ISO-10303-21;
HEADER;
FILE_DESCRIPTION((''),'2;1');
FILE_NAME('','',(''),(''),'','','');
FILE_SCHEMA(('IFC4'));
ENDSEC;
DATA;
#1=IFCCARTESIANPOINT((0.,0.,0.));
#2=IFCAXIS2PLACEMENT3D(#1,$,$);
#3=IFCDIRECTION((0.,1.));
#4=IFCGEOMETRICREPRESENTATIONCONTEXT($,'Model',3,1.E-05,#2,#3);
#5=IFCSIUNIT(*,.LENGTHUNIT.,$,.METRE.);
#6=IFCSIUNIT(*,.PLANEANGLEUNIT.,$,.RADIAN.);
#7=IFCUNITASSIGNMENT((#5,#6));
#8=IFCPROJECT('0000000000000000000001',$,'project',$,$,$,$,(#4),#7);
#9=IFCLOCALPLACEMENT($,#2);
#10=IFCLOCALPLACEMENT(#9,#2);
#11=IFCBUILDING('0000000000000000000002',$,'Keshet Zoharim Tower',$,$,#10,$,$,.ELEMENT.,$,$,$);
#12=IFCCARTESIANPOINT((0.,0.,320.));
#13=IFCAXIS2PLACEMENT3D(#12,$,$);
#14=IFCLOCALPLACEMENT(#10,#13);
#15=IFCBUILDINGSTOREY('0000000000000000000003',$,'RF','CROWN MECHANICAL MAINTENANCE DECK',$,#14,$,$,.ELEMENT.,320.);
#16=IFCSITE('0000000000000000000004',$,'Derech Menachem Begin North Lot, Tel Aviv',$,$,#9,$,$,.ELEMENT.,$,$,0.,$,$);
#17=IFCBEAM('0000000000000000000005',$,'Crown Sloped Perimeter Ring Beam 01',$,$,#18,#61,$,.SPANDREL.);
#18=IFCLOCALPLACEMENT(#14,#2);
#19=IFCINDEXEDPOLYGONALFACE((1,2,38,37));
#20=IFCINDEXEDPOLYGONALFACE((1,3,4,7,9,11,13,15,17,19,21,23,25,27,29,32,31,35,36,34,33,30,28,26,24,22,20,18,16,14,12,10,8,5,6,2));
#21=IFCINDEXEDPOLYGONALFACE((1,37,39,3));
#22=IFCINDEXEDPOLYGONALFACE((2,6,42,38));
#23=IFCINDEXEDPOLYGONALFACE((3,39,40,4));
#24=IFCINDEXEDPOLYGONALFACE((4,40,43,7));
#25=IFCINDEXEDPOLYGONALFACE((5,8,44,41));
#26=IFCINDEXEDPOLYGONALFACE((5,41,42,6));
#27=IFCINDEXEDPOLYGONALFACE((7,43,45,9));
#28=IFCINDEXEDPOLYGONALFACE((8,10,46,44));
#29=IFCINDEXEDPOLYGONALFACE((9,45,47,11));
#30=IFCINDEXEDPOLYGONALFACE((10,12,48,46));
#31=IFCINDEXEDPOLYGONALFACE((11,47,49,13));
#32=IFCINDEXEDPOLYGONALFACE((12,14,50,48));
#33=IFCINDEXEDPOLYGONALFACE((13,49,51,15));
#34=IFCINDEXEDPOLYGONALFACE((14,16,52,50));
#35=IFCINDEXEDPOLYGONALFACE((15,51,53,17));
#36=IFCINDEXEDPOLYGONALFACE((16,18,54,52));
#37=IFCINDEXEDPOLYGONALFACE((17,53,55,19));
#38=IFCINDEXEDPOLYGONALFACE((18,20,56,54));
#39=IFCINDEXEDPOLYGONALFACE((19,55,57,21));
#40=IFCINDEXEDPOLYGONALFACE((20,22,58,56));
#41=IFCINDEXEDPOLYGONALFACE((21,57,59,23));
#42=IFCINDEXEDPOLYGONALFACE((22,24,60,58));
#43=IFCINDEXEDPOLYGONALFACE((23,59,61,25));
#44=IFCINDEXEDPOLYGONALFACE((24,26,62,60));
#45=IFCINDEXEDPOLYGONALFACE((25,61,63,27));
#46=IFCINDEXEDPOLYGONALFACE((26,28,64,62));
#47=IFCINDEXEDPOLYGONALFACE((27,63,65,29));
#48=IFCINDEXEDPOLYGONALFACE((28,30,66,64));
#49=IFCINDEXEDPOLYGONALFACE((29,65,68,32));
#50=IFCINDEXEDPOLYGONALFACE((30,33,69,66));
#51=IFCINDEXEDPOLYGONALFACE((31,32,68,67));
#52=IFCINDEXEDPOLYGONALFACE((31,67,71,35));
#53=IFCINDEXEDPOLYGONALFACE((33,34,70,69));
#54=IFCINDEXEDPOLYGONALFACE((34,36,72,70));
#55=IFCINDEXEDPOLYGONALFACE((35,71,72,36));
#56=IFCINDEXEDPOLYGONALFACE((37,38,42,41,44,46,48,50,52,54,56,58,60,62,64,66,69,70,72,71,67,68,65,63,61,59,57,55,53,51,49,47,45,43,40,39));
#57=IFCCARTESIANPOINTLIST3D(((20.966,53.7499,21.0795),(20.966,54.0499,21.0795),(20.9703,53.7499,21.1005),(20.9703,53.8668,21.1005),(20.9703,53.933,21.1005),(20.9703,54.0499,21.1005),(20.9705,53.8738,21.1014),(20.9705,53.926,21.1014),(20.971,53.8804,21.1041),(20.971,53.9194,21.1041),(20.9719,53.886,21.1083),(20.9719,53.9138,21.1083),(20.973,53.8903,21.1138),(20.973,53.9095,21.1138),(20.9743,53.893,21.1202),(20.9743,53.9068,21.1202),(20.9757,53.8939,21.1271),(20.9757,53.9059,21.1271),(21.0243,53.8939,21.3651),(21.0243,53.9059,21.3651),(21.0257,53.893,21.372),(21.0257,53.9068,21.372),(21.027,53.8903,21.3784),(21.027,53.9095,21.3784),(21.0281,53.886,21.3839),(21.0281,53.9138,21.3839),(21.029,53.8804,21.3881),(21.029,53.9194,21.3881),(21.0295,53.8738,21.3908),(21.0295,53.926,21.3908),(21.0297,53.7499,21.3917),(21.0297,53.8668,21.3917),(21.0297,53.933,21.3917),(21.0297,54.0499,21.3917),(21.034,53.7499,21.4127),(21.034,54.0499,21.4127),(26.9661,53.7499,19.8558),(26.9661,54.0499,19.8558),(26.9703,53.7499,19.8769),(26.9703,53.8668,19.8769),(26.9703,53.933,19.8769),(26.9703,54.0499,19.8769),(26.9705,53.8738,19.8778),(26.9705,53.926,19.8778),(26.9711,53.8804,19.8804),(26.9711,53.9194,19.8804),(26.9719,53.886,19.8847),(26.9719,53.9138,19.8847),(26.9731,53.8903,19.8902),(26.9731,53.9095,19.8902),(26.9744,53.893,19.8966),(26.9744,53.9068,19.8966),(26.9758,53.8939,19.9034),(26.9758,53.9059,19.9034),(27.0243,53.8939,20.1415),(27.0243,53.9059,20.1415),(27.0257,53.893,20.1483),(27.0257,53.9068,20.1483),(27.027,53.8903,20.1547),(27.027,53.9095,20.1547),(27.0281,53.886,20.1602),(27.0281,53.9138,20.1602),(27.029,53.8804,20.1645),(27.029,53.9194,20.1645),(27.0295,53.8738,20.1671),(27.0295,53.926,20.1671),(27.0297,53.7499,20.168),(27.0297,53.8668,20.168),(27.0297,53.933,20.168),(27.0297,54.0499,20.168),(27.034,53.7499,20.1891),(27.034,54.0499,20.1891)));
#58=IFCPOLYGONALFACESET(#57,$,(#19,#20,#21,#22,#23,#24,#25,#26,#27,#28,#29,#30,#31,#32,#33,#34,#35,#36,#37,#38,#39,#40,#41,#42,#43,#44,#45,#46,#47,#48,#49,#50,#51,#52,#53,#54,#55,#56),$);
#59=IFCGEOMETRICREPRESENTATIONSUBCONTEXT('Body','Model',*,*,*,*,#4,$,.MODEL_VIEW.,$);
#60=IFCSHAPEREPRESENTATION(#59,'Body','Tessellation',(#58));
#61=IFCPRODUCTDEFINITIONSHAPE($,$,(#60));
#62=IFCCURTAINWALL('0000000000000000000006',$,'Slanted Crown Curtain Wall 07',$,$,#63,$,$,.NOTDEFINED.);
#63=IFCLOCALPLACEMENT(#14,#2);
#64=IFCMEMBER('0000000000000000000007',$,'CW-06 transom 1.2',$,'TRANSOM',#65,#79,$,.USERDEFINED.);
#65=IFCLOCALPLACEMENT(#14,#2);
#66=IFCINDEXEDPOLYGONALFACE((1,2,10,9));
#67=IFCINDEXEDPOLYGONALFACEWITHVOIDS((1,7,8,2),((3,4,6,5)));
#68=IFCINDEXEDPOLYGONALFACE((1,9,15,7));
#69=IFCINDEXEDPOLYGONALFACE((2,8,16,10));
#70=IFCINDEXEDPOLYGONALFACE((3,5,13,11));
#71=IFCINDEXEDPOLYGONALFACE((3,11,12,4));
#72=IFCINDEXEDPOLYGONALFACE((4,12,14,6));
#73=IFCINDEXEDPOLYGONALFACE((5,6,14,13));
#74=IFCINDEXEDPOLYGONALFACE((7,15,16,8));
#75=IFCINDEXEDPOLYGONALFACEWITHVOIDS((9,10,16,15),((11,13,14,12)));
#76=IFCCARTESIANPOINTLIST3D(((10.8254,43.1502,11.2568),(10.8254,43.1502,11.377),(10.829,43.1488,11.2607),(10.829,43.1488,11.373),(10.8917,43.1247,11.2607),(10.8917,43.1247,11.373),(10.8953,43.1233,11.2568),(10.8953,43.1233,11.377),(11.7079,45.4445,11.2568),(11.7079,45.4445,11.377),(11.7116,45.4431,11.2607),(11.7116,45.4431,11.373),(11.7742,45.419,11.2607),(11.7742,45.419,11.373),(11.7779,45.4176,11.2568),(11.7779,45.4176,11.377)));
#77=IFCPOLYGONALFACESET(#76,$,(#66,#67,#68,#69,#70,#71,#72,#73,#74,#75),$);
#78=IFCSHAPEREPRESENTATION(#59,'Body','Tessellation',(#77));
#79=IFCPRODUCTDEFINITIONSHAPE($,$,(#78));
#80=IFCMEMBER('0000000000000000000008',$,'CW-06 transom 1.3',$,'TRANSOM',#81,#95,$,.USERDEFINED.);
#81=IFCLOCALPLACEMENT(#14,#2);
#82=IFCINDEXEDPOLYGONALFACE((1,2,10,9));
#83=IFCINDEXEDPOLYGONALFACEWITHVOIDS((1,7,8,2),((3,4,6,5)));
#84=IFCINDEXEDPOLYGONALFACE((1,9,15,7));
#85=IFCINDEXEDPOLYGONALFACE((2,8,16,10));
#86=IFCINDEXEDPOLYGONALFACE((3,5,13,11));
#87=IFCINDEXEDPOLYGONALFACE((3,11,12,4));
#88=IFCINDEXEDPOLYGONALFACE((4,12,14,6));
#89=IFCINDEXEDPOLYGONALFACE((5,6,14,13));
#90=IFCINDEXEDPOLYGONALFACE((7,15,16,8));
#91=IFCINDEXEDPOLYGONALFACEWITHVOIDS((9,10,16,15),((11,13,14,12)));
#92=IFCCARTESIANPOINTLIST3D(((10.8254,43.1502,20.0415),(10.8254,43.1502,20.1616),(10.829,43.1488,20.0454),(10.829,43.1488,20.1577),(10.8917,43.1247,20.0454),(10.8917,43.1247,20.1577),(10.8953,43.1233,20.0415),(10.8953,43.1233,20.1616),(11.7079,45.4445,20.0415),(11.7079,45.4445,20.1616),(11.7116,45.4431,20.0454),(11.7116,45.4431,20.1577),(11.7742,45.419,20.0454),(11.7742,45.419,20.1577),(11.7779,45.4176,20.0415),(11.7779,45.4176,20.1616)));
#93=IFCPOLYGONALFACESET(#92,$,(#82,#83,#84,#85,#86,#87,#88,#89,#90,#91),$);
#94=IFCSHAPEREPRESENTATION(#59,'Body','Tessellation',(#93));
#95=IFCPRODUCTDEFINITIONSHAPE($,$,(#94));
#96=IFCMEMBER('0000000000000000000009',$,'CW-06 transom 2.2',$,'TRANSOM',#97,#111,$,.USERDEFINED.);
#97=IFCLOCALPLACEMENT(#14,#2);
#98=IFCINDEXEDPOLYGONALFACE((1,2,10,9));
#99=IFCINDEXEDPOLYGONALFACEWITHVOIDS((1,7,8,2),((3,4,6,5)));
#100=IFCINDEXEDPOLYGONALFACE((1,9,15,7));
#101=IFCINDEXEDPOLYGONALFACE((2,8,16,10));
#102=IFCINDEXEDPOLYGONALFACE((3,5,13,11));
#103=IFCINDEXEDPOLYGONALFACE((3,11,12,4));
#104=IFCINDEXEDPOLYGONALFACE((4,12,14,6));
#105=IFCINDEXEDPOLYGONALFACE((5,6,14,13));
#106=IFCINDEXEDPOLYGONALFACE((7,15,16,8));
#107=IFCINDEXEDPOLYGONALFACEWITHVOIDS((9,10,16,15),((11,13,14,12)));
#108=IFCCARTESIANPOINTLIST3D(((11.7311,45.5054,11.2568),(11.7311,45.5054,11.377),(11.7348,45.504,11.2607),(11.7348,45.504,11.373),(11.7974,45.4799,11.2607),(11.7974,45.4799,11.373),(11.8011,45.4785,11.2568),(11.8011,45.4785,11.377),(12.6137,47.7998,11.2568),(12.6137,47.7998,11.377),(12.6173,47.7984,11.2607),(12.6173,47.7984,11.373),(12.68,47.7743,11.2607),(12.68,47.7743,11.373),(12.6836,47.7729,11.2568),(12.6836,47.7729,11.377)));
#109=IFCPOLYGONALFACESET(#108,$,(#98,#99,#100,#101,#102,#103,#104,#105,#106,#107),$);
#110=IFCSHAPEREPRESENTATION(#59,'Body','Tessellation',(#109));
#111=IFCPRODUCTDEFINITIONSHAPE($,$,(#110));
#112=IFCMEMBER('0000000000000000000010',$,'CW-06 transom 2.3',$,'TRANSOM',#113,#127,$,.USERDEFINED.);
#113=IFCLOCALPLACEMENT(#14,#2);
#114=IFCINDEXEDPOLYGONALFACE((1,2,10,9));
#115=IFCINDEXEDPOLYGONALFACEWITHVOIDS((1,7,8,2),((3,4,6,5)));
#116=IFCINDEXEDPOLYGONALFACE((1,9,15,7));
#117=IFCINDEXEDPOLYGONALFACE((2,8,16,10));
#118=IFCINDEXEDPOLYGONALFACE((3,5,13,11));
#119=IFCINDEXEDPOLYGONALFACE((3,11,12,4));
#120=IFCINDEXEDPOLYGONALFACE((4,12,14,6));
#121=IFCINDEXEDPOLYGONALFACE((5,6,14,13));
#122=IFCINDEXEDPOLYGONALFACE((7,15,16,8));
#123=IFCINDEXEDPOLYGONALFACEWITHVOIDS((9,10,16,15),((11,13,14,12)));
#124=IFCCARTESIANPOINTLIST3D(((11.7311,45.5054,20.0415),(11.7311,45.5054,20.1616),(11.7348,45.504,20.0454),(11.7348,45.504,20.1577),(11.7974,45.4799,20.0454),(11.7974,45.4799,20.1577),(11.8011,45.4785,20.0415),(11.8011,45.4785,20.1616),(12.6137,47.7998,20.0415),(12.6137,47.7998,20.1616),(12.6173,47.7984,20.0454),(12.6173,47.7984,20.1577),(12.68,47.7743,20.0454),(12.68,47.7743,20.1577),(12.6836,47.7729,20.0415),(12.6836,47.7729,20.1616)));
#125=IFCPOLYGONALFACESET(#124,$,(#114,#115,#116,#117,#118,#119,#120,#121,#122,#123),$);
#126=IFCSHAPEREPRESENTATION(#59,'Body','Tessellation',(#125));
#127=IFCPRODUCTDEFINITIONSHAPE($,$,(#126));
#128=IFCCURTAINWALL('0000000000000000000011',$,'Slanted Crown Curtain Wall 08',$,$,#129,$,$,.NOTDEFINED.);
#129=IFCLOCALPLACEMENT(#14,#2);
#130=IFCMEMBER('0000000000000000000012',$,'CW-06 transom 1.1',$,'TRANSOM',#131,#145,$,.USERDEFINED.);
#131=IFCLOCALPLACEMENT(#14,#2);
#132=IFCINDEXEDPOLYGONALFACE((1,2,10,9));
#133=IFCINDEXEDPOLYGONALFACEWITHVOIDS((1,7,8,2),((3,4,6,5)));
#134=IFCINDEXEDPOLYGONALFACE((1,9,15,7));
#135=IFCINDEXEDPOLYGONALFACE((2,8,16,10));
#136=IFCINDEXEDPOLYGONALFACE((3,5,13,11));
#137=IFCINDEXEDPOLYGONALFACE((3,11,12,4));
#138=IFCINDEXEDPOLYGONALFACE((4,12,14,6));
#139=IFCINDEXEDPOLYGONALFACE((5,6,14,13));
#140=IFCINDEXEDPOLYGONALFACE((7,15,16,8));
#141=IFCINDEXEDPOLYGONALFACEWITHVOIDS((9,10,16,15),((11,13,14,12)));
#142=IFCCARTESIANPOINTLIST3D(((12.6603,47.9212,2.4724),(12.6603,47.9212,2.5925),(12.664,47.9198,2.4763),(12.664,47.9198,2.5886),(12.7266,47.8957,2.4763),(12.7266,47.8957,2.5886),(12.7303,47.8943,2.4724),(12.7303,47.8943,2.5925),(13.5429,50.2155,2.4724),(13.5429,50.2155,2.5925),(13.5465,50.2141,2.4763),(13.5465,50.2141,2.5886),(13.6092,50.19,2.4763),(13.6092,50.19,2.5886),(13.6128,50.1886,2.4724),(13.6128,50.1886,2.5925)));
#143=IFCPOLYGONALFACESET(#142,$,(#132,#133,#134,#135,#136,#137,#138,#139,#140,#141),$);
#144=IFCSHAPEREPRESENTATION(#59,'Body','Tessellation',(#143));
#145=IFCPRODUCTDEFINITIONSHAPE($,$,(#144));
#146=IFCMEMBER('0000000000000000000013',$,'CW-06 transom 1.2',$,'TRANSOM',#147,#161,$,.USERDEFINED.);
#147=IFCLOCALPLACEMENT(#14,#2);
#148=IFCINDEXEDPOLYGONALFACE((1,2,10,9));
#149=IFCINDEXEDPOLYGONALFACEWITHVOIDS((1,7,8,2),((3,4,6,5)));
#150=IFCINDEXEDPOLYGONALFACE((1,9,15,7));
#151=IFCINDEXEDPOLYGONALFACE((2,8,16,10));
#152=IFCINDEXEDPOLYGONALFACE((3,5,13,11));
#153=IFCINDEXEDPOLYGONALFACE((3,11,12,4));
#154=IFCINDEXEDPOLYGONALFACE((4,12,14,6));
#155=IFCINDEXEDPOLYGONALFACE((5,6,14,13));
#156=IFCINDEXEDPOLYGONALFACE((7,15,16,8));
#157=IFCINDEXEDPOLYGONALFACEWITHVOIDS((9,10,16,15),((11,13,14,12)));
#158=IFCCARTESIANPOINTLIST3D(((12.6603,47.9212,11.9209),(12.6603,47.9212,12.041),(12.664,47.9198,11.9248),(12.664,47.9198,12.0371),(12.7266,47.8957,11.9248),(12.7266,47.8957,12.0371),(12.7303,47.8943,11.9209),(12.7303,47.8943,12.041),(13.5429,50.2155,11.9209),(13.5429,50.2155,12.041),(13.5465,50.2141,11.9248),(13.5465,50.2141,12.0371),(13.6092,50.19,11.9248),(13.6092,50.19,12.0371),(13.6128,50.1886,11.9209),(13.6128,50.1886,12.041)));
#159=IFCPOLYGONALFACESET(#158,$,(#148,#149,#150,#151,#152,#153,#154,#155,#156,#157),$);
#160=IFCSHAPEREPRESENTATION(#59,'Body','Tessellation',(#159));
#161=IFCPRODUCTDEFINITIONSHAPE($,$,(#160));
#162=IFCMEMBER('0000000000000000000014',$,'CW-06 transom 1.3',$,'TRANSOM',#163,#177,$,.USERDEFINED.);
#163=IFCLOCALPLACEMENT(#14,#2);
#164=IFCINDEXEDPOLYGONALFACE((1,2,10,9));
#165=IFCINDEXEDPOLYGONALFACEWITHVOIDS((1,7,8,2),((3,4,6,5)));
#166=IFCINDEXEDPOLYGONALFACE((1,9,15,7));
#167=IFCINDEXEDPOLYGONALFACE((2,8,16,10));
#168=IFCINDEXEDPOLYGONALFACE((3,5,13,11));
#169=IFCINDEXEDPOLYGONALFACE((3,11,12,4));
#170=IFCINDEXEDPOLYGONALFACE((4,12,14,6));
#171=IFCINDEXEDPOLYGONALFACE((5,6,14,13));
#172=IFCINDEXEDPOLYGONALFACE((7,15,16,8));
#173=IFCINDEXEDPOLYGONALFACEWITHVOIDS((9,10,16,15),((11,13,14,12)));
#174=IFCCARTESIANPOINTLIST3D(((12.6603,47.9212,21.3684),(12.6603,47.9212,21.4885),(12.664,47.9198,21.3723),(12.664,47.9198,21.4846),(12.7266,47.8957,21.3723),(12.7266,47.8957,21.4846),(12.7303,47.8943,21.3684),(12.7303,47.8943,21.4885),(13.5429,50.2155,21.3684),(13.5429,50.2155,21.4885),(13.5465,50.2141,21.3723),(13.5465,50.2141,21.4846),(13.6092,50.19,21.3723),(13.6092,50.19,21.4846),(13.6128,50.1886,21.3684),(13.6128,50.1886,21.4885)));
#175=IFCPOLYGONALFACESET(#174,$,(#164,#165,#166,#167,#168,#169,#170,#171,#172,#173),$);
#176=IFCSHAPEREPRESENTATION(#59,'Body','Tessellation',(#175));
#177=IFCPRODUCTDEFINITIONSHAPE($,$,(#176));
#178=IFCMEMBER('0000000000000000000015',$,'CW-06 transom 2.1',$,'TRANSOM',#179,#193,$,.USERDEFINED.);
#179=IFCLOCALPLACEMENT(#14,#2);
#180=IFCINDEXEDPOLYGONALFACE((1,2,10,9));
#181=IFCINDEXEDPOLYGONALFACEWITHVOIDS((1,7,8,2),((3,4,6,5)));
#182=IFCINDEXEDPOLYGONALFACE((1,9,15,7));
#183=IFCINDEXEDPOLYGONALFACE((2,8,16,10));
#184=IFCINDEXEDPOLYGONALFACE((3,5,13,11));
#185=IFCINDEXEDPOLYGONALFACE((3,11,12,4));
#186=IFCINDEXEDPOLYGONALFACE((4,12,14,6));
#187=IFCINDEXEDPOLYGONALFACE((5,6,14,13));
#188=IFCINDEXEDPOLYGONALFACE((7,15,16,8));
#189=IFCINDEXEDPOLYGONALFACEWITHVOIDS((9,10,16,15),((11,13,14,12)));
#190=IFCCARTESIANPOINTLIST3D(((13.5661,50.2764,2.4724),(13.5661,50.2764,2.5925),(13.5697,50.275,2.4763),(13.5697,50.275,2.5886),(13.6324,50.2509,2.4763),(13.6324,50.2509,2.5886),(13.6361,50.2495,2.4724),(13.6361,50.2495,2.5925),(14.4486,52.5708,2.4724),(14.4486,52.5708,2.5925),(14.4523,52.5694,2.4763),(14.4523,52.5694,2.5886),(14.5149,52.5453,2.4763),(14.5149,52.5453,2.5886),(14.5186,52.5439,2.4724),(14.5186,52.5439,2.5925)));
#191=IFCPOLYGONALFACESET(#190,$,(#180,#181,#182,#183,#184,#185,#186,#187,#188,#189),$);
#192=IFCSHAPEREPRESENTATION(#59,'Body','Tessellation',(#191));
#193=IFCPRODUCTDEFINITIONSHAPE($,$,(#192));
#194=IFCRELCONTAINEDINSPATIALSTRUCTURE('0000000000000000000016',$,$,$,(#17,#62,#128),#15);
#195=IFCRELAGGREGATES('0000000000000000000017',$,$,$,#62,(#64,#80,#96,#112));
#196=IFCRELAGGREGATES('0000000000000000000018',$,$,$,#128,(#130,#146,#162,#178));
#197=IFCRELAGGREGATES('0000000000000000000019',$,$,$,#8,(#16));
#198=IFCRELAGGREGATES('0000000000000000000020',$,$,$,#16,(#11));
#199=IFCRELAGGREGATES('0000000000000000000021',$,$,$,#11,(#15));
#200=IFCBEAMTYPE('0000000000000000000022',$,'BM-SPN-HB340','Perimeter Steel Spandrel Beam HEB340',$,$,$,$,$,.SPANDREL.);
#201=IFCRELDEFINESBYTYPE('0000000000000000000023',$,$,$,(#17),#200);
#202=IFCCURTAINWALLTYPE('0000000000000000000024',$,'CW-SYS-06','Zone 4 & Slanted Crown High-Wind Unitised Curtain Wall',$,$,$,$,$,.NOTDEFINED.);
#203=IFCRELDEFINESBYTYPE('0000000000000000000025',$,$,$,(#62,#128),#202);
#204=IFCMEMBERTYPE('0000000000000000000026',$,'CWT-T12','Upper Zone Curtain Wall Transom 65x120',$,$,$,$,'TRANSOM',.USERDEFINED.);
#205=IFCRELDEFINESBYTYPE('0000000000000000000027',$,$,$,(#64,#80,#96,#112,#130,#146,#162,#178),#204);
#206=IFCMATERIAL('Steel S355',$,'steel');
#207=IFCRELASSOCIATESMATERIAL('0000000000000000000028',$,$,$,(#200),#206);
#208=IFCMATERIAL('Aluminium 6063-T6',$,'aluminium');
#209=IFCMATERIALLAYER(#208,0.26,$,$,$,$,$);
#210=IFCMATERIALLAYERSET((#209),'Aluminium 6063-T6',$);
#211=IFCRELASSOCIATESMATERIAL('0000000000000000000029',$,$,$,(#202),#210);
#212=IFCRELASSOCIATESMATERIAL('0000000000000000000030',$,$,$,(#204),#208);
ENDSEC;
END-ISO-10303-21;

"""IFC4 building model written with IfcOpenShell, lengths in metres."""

from ifc_helpers import new_model, si_unit, direction, frame, origin, origin_2d, place, context, subcontext, project, spatial, hollow_rectangle, i_section, extrude, material, layer, layer_set, material_profile, profile_set, type_object, element, aggregate, save


model = new_model("IFC4")

# Units and contexts
model_context = context("Model", 3, precision=1e-05, world=origin(), true_north=direction((0.0, 1.0)))
body_context = subcontext(model_context, "Body", "Model", "MODEL_VIEW")
ifc_project = project(units=[si_unit("LENGTHUNIT", "METRE"), si_unit("PLANEANGLEUNIT", "RADIAN")], contexts=[model_context])

# Site, building, storey
site_placement = place(None, origin())
site = spatial("IfcSite", under=ifc_project, at=site_placement, Name="Derech Menachem Begin North Lot, Tel Aviv", CompositionType="ELEMENT", RefElevation=0.0)
building_placement = place(site_placement, origin())
building = spatial("IfcBuilding", under=site, at=building_placement, Name="Keshet Zoharim Tower", CompositionType="ELEMENT")
storey_placement = place(building_placement, frame((0.0, 0.0, 320.0)))
storey = spatial("IfcBuildingStorey", under=building, at=storey_placement, Name="RF", Description="CROWN MECHANICAL MAINTENANCE DECK", CompositionType="ELEMENT", Elevation=320.0)

# Beam
ifc_material_1 = material(Name="Steel S355", Category="steel")
ifc_material_profile_1 = material_profile(ifc_material_1, i_section(OverallWidth=0.3, OverallDepth=0.3401, WebThickness=0.012, FlangeThickness=0.0215, FilletRadius=0.0271, at=origin_2d()), Name="HEB340")
ifc_profile_set_1 = profile_set([ifc_material_profile_1], Name="Steel S355")
beam_type = type_object("IfcBeamType", Name="BM-SPN-HB340", Description="Perimeter Steel Spandrel Beam HEB340", PredefinedType="SPANDREL", material=ifc_profile_set_1)
beam_placement = place(storey_placement, frame((21.0, 53.8999, 21.2461), z_axis=(0.979831, 0.0, -0.199826), x_axis=(0.0, 1.0, 0.0)))
element("IfcBeam", 1, at=beam_placement, inside=storey, type_object=beam_type, Name="Crown Sloped Perimeter Ring Beam 01", PredefinedType="SPANDREL", context=body_context, shape_type="SweptSolid", body=[
    extrude(i_section(OverallWidth=0.3, OverallDepth=0.3401, WebThickness=0.012, FlangeThickness=0.0215, FilletRadius=0.0271, at=origin_2d()), origin(), (0.0, 0.0, 1.0), 6.1235),
])

# Curtain walls, members
ifc_material_2 = material(Name="Aluminium 6063-T6", Category="aluminium")
ifc_layer_1 = layer(ifc_material_2, 0.26)
ifc_layer_set_1 = layer_set([ifc_layer_1], Name="Aluminium 6063-T6")
curtain_wall_type = type_object("IfcCurtainWallType", Name="CW-SYS-06", Description="Zone 4 & Slanted Crown High-Wind Unitised Curtain Wall", PredefinedType="NOTDEFINED", material=ifc_layer_set_1)
curtain_wall_1_placement = place(storey_placement, origin())
curtain_wall_1 = element("IfcCurtainWall", 2, at=curtain_wall_1_placement, inside=storey, type_object=curtain_wall_type, Name="Slanted Crown Curtain Wall 07", PredefinedType="NOTDEFINED")
ifc_material_profile_2 = material_profile(ifc_material_2, hollow_rectangle(XDim=0.075, YDim=0.1201, WallThickness=0.0039, at=origin_2d()), Name="TRN-75x120")
ifc_profile_set_2 = profile_set([ifc_material_profile_2], Name="Aluminium 6063-T6")
member_type = type_object("IfcMemberType", Name="CWT-T12", Description="Upper Zone Curtain Wall Transom 65x120", ElementType="TRANSOM", PredefinedType="USERDEFINED", material=ifc_profile_set_2)
member_1_placement = place(storey_placement, frame((10.8604, 43.1367, 11.3169), z_axis=(0.359012, 0.933333, 0.0), x_axis=(-0.933333, 0.359012, 0.0)))
member_1 = element("IfcMember", 3, at=member_1_placement, type_object=member_type, Name="CW-06 transom 1.2", ObjectType="TRANSOM", PredefinedType="USERDEFINED", context=body_context, shape_type="SweptSolid", body=[
    extrude(hollow_rectangle(XDim=0.075, YDim=0.1201, WallThickness=0.0039, at=origin_2d()), origin(), (0.0, 0.0, 1.0), 2.4583),
])
member_2_placement = place(storey_placement, frame((10.8604, 43.1367, 20.1016), z_axis=(0.359012, 0.933333, 0.0), x_axis=(-0.933333, 0.359012, 0.0)))
member_2 = element("IfcMember", 4, at=member_2_placement, type_object=member_type, Name="CW-06 transom 1.3", ObjectType="TRANSOM", PredefinedType="USERDEFINED", context=body_context, shape_type="SweptSolid", body=[
    extrude(hollow_rectangle(XDim=0.075, YDim=0.1201, WallThickness=0.0039, at=origin_2d()), origin(), (0.0, 0.0, 1.0), 2.4583),
])
member_3_placement = place(storey_placement, frame((11.7661, 45.4919, 11.3169), z_axis=(0.359012, 0.933333, 0.0), x_axis=(-0.933333, 0.359012, 0.0)))
member_3 = element("IfcMember", 5, at=member_3_placement, type_object=member_type, Name="CW-06 transom 2.2", ObjectType="TRANSOM", PredefinedType="USERDEFINED", context=body_context, shape_type="SweptSolid", body=[
    extrude(hollow_rectangle(XDim=0.075, YDim=0.1201, WallThickness=0.0039, at=origin_2d()), origin(), (0.0, 0.0, 1.0), 2.4583),
])
member_4_placement = place(storey_placement, frame((11.7661, 45.4919, 20.1016), z_axis=(0.359012, 0.933333, 0.0), x_axis=(-0.933333, 0.359012, 0.0)))
member_4 = element("IfcMember", 6, at=member_4_placement, type_object=member_type, Name="CW-06 transom 2.3", ObjectType="TRANSOM", PredefinedType="USERDEFINED", context=body_context, shape_type="SweptSolid", body=[
    extrude(hollow_rectangle(XDim=0.075, YDim=0.1201, WallThickness=0.0039, at=origin_2d()), origin(), (0.0, 0.0, 1.0), 2.4583),
])
curtain_wall_2_placement = place(storey_placement, origin())
curtain_wall_2 = element("IfcCurtainWall", 7, at=curtain_wall_2_placement, inside=storey, type_object=curtain_wall_type, Name="Slanted Crown Curtain Wall 08", PredefinedType="NOTDEFINED")
member_5_placement = place(storey_placement, frame((12.6953, 47.9077, 2.5325), z_axis=(0.359012, 0.933333, 0.0), x_axis=(-0.933333, 0.359012, 0.0)))
member_5 = element("IfcMember", 8, at=member_5_placement, type_object=member_type, Name="CW-06 transom 1.1", ObjectType="TRANSOM", PredefinedType="USERDEFINED", context=body_context, shape_type="SweptSolid", body=[
    extrude(hollow_rectangle(XDim=0.075, YDim=0.1201, WallThickness=0.0039, at=origin_2d()), origin(), (0.0, 0.0, 1.0), 2.4583),
])
member_6_placement = place(storey_placement, frame((12.6953, 47.9077, 11.981), z_axis=(0.359012, 0.933333, 0.0), x_axis=(-0.933333, 0.359012, 0.0)))
member_6 = element("IfcMember", 9, at=member_6_placement, type_object=member_type, Name="CW-06 transom 1.2", ObjectType="TRANSOM", PredefinedType="USERDEFINED", context=body_context, shape_type="SweptSolid", body=[
    extrude(hollow_rectangle(XDim=0.075, YDim=0.1201, WallThickness=0.0039, at=origin_2d()), origin(), (0.0, 0.0, 1.0), 2.4583),
])
member_7_placement = place(storey_placement, frame((12.6953, 47.9077, 21.4285), z_axis=(0.359012, 0.933333, 0.0), x_axis=(-0.933333, 0.359012, 0.0)))
member_7 = element("IfcMember", 10, at=member_7_placement, type_object=member_type, Name="CW-06 transom 1.3", ObjectType="TRANSOM", PredefinedType="USERDEFINED", context=body_context, shape_type="SweptSolid", body=[
    extrude(hollow_rectangle(XDim=0.075, YDim=0.1201, WallThickness=0.0039, at=origin_2d()), origin(), (0.0, 0.0, 1.0), 2.4583),
])
member_8_placement = place(storey_placement, frame((13.6011, 50.2629, 2.5325), z_axis=(0.359012, 0.933333, 0.0), x_axis=(-0.933333, 0.359012, 0.0)))
member_8 = element("IfcMember", 11, at=member_8_placement, type_object=member_type, Name="CW-06 transom 2.1", ObjectType="TRANSOM", PredefinedType="USERDEFINED", context=body_context, shape_type="SweptSolid", body=[
    extrude(hollow_rectangle(XDim=0.075, YDim=0.1201, WallThickness=0.0039, at=origin_2d()), origin(), (0.0, 0.0, 1.0), 2.4583),
])

aggregate(curtain_wall_1, [member_1, member_2, member_3, member_4])
aggregate(curtain_wall_2, [member_5, member_6, member_7, member_8])

save(model, "model.ifc")
